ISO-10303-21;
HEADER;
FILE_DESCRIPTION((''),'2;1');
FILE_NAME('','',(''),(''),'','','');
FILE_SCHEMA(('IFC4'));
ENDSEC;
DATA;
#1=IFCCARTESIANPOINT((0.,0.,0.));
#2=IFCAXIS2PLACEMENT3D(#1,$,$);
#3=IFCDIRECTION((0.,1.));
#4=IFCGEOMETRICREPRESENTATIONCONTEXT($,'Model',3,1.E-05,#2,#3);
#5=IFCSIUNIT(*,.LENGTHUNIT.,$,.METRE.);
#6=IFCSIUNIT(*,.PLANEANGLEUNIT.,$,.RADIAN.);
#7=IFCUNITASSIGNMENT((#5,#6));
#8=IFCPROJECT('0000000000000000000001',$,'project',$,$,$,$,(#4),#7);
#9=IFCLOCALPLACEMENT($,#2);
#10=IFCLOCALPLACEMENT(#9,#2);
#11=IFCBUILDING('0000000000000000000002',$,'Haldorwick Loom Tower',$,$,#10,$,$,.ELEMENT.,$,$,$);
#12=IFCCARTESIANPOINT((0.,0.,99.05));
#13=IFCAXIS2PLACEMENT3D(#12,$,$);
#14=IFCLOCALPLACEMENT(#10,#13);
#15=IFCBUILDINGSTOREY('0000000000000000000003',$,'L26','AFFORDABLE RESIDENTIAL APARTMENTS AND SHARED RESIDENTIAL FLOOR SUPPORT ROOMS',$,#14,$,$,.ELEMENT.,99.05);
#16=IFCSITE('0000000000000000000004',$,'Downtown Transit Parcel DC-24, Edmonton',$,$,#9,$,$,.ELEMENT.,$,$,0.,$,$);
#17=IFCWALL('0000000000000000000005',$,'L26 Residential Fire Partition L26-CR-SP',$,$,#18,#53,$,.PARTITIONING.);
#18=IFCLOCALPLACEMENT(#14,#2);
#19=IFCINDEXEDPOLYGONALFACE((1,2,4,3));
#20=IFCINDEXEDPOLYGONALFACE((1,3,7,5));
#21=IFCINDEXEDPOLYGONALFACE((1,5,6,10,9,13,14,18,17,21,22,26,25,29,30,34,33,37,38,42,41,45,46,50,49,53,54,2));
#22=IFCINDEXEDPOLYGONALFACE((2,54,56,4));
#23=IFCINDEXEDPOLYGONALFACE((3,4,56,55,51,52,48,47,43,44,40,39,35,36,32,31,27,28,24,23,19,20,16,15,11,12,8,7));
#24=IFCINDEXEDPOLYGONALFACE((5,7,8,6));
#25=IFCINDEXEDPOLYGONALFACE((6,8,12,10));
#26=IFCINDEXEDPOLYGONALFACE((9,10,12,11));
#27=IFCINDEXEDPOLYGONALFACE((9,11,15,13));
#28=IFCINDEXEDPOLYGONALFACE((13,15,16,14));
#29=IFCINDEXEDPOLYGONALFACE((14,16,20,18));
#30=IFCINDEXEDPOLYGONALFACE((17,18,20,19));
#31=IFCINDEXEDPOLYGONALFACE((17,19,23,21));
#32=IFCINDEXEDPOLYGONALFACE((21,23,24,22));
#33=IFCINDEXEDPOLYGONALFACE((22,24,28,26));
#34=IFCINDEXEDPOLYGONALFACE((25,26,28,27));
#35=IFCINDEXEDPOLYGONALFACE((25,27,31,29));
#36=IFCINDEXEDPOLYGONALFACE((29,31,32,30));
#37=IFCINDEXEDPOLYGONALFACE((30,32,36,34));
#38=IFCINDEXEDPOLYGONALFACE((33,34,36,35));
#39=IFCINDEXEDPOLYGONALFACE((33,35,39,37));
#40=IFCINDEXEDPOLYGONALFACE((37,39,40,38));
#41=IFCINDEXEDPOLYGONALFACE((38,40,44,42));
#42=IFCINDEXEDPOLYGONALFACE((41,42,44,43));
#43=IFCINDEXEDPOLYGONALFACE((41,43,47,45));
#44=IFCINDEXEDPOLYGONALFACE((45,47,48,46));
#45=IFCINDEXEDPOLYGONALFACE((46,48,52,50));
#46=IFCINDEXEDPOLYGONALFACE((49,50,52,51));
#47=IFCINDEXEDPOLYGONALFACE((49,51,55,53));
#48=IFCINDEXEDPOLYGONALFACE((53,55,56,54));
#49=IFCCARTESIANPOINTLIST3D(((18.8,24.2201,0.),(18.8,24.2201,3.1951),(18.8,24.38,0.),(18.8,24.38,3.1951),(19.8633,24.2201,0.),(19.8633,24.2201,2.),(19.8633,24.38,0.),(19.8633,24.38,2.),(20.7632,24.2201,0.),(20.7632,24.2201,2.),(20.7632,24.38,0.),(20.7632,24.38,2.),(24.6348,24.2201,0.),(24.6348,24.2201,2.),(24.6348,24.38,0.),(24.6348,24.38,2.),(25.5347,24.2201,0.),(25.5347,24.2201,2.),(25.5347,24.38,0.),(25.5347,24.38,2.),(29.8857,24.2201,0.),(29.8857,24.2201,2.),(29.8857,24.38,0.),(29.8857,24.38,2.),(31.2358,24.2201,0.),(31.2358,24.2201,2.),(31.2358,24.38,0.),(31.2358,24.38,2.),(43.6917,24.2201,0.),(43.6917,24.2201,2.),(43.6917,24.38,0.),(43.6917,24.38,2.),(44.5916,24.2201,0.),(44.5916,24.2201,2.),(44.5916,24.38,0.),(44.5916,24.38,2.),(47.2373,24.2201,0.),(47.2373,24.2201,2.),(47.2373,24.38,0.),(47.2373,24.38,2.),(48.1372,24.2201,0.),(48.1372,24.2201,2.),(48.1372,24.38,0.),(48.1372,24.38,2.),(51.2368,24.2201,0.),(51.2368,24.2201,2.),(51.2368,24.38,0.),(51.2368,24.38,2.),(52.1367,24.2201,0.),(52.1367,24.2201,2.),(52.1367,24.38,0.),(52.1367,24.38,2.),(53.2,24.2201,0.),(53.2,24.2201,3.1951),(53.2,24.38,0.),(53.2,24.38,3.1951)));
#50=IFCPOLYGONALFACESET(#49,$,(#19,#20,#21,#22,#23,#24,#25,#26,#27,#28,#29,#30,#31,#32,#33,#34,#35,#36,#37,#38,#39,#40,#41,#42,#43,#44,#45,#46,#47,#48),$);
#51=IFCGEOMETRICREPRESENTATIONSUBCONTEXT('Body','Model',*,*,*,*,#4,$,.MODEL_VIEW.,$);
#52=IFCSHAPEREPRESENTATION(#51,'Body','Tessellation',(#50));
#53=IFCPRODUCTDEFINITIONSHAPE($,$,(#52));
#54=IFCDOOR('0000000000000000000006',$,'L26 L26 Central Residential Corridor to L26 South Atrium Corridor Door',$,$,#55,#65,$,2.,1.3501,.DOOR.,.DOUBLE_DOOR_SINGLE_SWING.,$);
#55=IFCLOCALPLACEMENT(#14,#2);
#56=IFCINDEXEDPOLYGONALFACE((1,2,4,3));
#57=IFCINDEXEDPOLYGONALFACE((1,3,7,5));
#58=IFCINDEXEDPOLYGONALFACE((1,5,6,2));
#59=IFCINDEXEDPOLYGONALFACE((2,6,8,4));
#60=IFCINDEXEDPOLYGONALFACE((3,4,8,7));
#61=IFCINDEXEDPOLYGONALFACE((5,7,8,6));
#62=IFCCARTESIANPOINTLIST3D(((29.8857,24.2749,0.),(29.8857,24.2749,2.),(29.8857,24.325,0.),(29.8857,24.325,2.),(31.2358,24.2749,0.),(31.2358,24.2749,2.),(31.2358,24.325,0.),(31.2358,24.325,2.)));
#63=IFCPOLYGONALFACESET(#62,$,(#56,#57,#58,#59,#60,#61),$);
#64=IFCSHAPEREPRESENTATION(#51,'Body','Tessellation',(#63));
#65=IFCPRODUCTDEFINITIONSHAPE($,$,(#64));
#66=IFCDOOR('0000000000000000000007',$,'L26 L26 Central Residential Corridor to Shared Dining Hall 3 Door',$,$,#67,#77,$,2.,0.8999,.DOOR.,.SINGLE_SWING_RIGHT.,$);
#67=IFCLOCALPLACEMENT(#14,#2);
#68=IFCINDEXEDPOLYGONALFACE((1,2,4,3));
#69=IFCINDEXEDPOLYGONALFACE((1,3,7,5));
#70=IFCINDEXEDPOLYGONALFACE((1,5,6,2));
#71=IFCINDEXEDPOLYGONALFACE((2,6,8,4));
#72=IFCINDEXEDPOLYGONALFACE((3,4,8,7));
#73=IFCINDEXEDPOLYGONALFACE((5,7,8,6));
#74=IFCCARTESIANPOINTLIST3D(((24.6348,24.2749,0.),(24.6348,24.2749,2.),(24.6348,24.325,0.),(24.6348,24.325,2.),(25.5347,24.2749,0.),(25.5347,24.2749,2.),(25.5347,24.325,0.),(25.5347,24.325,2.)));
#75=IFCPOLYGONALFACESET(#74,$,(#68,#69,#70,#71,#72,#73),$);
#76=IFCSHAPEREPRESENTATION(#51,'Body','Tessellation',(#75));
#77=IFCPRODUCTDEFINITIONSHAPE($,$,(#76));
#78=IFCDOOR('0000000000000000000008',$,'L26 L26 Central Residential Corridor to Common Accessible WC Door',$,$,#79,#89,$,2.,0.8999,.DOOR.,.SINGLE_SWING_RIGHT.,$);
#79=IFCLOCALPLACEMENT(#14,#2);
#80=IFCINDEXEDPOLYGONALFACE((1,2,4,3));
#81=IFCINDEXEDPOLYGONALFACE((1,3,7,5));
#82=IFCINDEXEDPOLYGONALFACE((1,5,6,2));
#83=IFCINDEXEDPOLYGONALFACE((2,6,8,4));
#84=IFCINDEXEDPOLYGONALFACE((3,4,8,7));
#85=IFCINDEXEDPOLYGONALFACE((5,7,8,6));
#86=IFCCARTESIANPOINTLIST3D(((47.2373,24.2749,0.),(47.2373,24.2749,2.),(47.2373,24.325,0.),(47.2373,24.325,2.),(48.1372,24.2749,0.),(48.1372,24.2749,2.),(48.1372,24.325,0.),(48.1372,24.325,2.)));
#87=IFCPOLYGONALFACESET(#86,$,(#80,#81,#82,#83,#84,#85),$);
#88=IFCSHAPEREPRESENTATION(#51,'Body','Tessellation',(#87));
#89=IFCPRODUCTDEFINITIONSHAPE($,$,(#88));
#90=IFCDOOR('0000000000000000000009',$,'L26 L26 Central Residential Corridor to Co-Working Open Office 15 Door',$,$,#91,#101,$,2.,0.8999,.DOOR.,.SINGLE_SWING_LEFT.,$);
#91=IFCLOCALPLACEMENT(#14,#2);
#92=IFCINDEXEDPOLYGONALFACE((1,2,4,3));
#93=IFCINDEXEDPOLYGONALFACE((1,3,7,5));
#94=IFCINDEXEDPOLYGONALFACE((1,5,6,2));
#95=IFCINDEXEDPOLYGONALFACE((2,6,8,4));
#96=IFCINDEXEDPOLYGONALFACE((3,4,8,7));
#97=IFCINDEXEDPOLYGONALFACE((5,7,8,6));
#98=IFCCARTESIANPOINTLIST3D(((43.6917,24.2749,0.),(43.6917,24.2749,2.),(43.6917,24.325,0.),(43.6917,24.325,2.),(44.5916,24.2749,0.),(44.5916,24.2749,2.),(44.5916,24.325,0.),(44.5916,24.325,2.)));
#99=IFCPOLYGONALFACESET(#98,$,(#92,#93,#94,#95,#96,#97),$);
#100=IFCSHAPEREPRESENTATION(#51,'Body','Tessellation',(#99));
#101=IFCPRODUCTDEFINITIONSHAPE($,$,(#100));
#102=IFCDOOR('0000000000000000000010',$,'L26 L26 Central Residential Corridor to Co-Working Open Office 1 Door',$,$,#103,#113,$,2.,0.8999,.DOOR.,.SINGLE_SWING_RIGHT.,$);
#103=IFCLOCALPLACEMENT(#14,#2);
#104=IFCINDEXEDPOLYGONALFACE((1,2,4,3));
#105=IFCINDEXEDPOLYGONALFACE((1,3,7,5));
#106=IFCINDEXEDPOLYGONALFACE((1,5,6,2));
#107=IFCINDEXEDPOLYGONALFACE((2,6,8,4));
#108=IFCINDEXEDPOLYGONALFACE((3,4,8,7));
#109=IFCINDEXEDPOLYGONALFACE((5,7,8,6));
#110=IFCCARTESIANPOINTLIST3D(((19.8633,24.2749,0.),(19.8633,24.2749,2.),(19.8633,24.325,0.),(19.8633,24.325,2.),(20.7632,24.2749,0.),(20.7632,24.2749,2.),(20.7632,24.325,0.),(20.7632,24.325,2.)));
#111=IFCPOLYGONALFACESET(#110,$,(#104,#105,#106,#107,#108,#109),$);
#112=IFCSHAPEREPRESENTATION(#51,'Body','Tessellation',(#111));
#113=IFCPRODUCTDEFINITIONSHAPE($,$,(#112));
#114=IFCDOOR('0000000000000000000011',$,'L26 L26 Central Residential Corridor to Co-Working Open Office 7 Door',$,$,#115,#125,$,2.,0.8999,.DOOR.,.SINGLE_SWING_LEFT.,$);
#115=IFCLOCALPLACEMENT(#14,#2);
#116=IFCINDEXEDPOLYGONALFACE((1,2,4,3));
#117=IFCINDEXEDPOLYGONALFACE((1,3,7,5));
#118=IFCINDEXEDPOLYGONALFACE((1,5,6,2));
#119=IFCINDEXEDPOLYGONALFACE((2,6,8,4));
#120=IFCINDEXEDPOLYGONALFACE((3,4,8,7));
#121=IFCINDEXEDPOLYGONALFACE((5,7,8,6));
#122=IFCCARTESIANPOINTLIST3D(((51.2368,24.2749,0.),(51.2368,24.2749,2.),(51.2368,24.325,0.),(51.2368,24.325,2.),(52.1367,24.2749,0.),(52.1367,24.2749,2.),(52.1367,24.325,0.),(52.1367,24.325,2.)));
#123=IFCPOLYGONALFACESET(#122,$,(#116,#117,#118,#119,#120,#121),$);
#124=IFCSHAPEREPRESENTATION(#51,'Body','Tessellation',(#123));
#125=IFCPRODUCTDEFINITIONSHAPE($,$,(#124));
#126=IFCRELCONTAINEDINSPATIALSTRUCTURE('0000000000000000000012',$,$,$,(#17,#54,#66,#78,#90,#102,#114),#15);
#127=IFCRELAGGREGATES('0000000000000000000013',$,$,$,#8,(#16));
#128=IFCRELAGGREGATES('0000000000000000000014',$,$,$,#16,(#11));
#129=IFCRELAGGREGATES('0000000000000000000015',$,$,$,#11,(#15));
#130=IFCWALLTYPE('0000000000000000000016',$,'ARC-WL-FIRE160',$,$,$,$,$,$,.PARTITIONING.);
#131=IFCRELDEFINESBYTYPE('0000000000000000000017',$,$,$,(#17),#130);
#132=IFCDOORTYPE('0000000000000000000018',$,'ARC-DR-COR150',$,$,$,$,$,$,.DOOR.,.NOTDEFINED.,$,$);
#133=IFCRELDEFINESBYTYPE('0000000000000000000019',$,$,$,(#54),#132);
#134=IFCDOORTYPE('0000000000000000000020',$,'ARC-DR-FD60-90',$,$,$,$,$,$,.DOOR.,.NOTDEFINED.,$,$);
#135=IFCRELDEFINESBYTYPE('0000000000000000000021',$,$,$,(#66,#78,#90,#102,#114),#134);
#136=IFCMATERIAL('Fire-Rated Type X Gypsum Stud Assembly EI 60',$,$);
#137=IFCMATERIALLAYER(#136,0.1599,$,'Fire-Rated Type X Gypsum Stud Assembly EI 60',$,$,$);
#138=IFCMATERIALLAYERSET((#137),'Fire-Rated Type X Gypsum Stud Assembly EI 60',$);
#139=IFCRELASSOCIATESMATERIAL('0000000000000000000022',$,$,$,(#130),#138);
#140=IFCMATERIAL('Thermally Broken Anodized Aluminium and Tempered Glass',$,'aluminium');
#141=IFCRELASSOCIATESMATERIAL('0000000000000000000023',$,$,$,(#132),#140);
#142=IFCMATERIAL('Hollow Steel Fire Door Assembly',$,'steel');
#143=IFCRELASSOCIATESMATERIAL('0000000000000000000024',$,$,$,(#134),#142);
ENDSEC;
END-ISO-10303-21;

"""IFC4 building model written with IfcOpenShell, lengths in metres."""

from ifc_helpers import new_model, si_unit, direction, frame, frame_2d, origin, place, context, subcontext, project, spatial, rectangle, extrude, material, layer, layer_set, type_object, element, fill, save


model = new_model("IFC4")

# Units and contexts
model_context = context("Model", 3, precision=1e-05, world=origin(), true_north=direction((0.0, 1.0)))
body_context = subcontext(model_context, "Body", "Model", "MODEL_VIEW")
ifc_project = project(units=[si_unit("LENGTHUNIT", "METRE"), si_unit("PLANEANGLEUNIT", "RADIAN")], contexts=[model_context])

# Site, building, storey
site_placement = place(None, origin())
site = spatial("IfcSite", under=ifc_project, at=site_placement, Name="Downtown Transit Parcel DC-24, Edmonton", CompositionType="ELEMENT", RefElevation=0.0)
building_placement = place(site_placement, origin())
building = spatial("IfcBuilding", under=site, at=building_placement, Name="Haldorwick Loom Tower", CompositionType="ELEMENT")
storey_placement = place(building_placement, frame((0.0, 0.0, 99.05)))
storey = spatial("IfcBuildingStorey", under=building, at=storey_placement, Name="L26", Description="AFFORDABLE RESIDENTIAL APARTMENTS AND SHARED RESIDENTIAL FLOOR SUPPORT ROOMS", CompositionType="ELEMENT", Elevation=99.05)

# Wall, openings, doors
ifc_material_1 = material(Name="Fire-Rated Type X Gypsum Stud Assembly EI 60")
ifc_layer_1 = layer(ifc_material_1, 0.1599, Name="Fire-Rated Type X Gypsum Stud Assembly EI 60")
ifc_layer_set_1 = layer_set([ifc_layer_1], Name="Fire-Rated Type X Gypsum Stud Assembly EI 60")
wall_type_1 = type_object("IfcWallType", Name="ARC-WL-FIRE160", PredefinedType="PARTITIONING", material=ifc_layer_set_1)
wall_1_placement = place(storey_placement, frame((18.8, 24.3, 0.0), z_axis=(0.0, 0.0, 1.0), x_axis=(1.0, 0.0, 0.0)))
wall_1 = element("IfcWall", 1, at=wall_1_placement, inside=storey, type_object=wall_type_1, Name="L26 Residential Fire Partition L26-CR-SP", PredefinedType="PARTITIONING", context=body_context, shape_type="SweptSolid", body=[
    extrude(rectangle(XDim=34.3999, YDim=0.1599, at=frame_2d((17.2, 0.0))), origin(), (0.0, 0.0, 1.0), 3.1951),
])
opening_1_placement = place(wall_1_placement, frame((11.0857, 0.0, 0.0)))
opening_1 = element("IfcOpeningElement", 2, at=opening_1_placement, cuts=wall_1, PredefinedType="OPENING", context=body_context, shape_type="SweptSolid", body=[
    extrude(rectangle(XDim=1.3501, YDim=2.0, at=frame_2d((0.675, 1.0))), frame((0.0, 0.0898, 0.0), z_axis=(0.0, -1.0, 0.0), x_axis=(1.0, 0.0, 0.0)), (0.0, 0.0, 1.0), 0.1799),
])
opening_2_placement = place(wall_1_placement, frame((5.8347, 0.0, 0.0)))
opening_2 = element("IfcOpeningElement", 3, at=opening_2_placement, cuts=wall_1, PredefinedType="OPENING", context=body_context, shape_type="SweptSolid", body=[
    extrude(rectangle(XDim=0.8999, YDim=2.0, at=frame_2d((0.45, 1.0))), frame((0.0, 0.0898, 0.0), z_axis=(0.0, -1.0, 0.0), x_axis=(1.0, 0.0, 0.0)), (0.0, 0.0, 1.0), 0.1799),
])
opening_3_placement = place(wall_1_placement, frame((28.4373, 0.0, 0.0)))
opening_3 = element("IfcOpeningElement", 4, at=opening_3_placement, cuts=wall_1, PredefinedType="OPENING", context=body_context, shape_type="SweptSolid", body=[
    extrude(rectangle(XDim=0.8999, YDim=2.0, at=frame_2d((0.45, 1.0))), frame((0.0, 0.0898, 0.0), z_axis=(0.0, -1.0, 0.0), x_axis=(1.0, 0.0, 0.0)), (0.0, 0.0, 1.0), 0.1799),
])
opening_4_placement = place(wall_1_placement, frame((24.8916, 0.0, 0.0)))
opening_4 = element("IfcOpeningElement", 5, at=opening_4_placement, cuts=wall_1, PredefinedType="OPENING", context=body_context, shape_type="SweptSolid", body=[
    extrude(rectangle(XDim=0.8999, YDim=2.0, at=frame_2d((0.45, 1.0))), frame((0.0, 0.0898, 0.0), z_axis=(0.0, -1.0, 0.0), x_axis=(1.0, 0.0, 0.0)), (0.0, 0.0, 1.0), 0.1799),
])
opening_5_placement = place(wall_1_placement, frame((1.0632, 0.0, 0.0)))
opening_5 = element("IfcOpeningElement", 6, at=opening_5_placement, cuts=wall_1, PredefinedType="OPENING", context=body_context, shape_type="SweptSolid", body=[
    extrude(rectangle(XDim=0.8999, YDim=2.0, at=frame_2d((0.45, 1.0))), frame((0.0, 0.0898, 0.0), z_axis=(0.0, -1.0, 0.0), x_axis=(1.0, 0.0, 0.0)), (0.0, 0.0, 1.0), 0.1799),
])
opening_6_placement = place(wall_1_placement, frame((32.4368, 0.0, 0.0)))
opening_6 = element("IfcOpeningElement", 7, at=opening_6_placement, cuts=wall_1, PredefinedType="OPENING", context=body_context, shape_type="SweptSolid", body=[
    extrude(rectangle(XDim=0.8999, YDim=2.0, at=frame_2d((0.45, 1.0))), frame((0.0, 0.0898, 0.0), z_axis=(0.0, -1.0, 0.0), x_axis=(1.0, 0.0, 0.0)), (0.0, 0.0, 1.0), 0.1799),
])
ifc_material_2 = material(Name="Thermally Broken Anodized Aluminium and Tempered Glass", Category="aluminium")
door_type_1 = type_object("IfcDoorType", Name="ARC-DR-COR150", OperationType="NOTDEFINED", PredefinedType="DOOR", material=ifc_material_2)
door_1_placement = place(opening_1_placement, origin())
door_1 = element("IfcDoor", 8, at=door_1_placement, inside=storey, type_object=door_type_1, Name="L26 L26 Central Residential Corridor to L26 South Atrium Corridor Door", OperationType="DOUBLE_DOOR_SINGLE_SWING", OverallHeight=2.0, OverallWidth=1.3501, PredefinedType="DOOR", context=body_context, shape_type="SweptSolid", body=[
    extrude(rectangle(XDim=1.3501, YDim=2.0, at=frame_2d((0.675, 1.0))), frame((0.0, 0.0249, 0.0), z_axis=(0.0, -1.0, 0.0), x_axis=(1.0, 0.0, 0.0)), (0.0, 0.0, 1.0), 0.05),
])
fill(opening_1, door_1)
ifc_material_3 = material(Name="Hollow Steel Fire Door Assembly", Category="steel")
door_type_2 = type_object("IfcDoorType", Name="ARC-DR-FD60-90", OperationType="NOTDEFINED", PredefinedType="DOOR", material=ifc_material_3)
door_2_placement = place(opening_2_placement, origin())
door_2 = element("IfcDoor", 9, at=door_2_placement, inside=storey, type_object=door_type_2, Name="L26 L26 Central Residential Corridor to Shared Dining Hall 3 Door", OperationType="SINGLE_SWING_RIGHT", OverallHeight=2.0, OverallWidth=0.8999, PredefinedType="DOOR", context=body_context, shape_type="SweptSolid", body=[
    extrude(rectangle(XDim=0.8999, YDim=2.0, at=frame_2d((0.45, 1.0))), frame((0.0, 0.0249, 0.0), z_axis=(0.0, -1.0, 0.0), x_axis=(1.0, 0.0, 0.0)), (0.0, 0.0, 1.0), 0.05),
])
fill(opening_2, door_2)
door_3_placement = place(opening_3_placement, origin())
door_3 = element("IfcDoor", 10, at=door_3_placement, inside=storey, type_object=door_type_2, Name="L26 L26 Central Residential Corridor to Common Accessible WC Door", OperationType="SINGLE_SWING_RIGHT", OverallHeight=2.0, OverallWidth=0.8999, PredefinedType="DOOR", context=body_context, shape_type="SweptSolid", body=[
    extrude(rectangle(XDim=0.8999, YDim=2.0, at=frame_2d((0.45, 1.0))), frame((0.0, 0.0249, 0.0), z_axis=(0.0, -1.0, 0.0), x_axis=(1.0, 0.0, 0.0)), (0.0, 0.0, 1.0), 0.05),
])
fill(opening_3, door_3)
door_4_placement = place(opening_4_placement, origin())
door_4 = element("IfcDoor", 11, at=door_4_placement, inside=storey, type_object=door_type_2, Name="L26 L26 Central Residential Corridor to Co-Working Open Office 15 Door", OperationType="SINGLE_SWING_LEFT", OverallHeight=2.0, OverallWidth=0.8999, PredefinedType="DOOR", context=body_context, shape_type="SweptSolid", body=[
    extrude(rectangle(XDim=0.8999, YDim=2.0, at=frame_2d((0.45, 1.0))), frame((0.0, 0.0249, 0.0), z_axis=(0.0, -1.0, 0.0), x_axis=(1.0, 0.0, 0.0)), (0.0, 0.0, 1.0), 0.05),
])
fill(opening_4, door_4)
door_5_placement = place(opening_5_placement, origin())
door_5 = element("IfcDoor", 12, at=door_5_placement, inside=storey, type_object=door_type_2, Name="L26 L26 Central Residential Corridor to Co-Working Open Office 1 Door", OperationType="SINGLE_SWING_RIGHT", OverallHeight=2.0, OverallWidth=0.8999, PredefinedType="DOOR", context=body_context, shape_type="SweptSolid", body=[
    extrude(rectangle(XDim=0.8999, YDim=2.0, at=frame_2d((0.45, 1.0))), frame((0.0, 0.0249, 0.0), z_axis=(0.0, -1.0, 0.0), x_axis=(1.0, 0.0, 0.0)), (0.0, 0.0, 1.0), 0.05),
])
fill(opening_5, door_5)
door_6_placement = place(opening_6_placement, origin())
door_6 = element("IfcDoor", 13, at=door_6_placement, inside=storey, type_object=door_type_2, Name="L26 L26 Central Residential Corridor to Co-Working Open Office 7 Door", OperationType="SINGLE_SWING_LEFT", OverallHeight=2.0, OverallWidth=0.8999, PredefinedType="DOOR", context=body_context, shape_type="SweptSolid", body=[
    extrude(rectangle(XDim=0.8999, YDim=2.0, at=frame_2d((0.45, 1.0))), frame((0.0, 0.0249, 0.0), z_axis=(0.0, -1.0, 0.0), x_axis=(1.0, 0.0, 0.0)), (0.0, 0.0, 1.0), 0.05),
])
fill(opening_6, door_6)

save(model, "model.ifc")
